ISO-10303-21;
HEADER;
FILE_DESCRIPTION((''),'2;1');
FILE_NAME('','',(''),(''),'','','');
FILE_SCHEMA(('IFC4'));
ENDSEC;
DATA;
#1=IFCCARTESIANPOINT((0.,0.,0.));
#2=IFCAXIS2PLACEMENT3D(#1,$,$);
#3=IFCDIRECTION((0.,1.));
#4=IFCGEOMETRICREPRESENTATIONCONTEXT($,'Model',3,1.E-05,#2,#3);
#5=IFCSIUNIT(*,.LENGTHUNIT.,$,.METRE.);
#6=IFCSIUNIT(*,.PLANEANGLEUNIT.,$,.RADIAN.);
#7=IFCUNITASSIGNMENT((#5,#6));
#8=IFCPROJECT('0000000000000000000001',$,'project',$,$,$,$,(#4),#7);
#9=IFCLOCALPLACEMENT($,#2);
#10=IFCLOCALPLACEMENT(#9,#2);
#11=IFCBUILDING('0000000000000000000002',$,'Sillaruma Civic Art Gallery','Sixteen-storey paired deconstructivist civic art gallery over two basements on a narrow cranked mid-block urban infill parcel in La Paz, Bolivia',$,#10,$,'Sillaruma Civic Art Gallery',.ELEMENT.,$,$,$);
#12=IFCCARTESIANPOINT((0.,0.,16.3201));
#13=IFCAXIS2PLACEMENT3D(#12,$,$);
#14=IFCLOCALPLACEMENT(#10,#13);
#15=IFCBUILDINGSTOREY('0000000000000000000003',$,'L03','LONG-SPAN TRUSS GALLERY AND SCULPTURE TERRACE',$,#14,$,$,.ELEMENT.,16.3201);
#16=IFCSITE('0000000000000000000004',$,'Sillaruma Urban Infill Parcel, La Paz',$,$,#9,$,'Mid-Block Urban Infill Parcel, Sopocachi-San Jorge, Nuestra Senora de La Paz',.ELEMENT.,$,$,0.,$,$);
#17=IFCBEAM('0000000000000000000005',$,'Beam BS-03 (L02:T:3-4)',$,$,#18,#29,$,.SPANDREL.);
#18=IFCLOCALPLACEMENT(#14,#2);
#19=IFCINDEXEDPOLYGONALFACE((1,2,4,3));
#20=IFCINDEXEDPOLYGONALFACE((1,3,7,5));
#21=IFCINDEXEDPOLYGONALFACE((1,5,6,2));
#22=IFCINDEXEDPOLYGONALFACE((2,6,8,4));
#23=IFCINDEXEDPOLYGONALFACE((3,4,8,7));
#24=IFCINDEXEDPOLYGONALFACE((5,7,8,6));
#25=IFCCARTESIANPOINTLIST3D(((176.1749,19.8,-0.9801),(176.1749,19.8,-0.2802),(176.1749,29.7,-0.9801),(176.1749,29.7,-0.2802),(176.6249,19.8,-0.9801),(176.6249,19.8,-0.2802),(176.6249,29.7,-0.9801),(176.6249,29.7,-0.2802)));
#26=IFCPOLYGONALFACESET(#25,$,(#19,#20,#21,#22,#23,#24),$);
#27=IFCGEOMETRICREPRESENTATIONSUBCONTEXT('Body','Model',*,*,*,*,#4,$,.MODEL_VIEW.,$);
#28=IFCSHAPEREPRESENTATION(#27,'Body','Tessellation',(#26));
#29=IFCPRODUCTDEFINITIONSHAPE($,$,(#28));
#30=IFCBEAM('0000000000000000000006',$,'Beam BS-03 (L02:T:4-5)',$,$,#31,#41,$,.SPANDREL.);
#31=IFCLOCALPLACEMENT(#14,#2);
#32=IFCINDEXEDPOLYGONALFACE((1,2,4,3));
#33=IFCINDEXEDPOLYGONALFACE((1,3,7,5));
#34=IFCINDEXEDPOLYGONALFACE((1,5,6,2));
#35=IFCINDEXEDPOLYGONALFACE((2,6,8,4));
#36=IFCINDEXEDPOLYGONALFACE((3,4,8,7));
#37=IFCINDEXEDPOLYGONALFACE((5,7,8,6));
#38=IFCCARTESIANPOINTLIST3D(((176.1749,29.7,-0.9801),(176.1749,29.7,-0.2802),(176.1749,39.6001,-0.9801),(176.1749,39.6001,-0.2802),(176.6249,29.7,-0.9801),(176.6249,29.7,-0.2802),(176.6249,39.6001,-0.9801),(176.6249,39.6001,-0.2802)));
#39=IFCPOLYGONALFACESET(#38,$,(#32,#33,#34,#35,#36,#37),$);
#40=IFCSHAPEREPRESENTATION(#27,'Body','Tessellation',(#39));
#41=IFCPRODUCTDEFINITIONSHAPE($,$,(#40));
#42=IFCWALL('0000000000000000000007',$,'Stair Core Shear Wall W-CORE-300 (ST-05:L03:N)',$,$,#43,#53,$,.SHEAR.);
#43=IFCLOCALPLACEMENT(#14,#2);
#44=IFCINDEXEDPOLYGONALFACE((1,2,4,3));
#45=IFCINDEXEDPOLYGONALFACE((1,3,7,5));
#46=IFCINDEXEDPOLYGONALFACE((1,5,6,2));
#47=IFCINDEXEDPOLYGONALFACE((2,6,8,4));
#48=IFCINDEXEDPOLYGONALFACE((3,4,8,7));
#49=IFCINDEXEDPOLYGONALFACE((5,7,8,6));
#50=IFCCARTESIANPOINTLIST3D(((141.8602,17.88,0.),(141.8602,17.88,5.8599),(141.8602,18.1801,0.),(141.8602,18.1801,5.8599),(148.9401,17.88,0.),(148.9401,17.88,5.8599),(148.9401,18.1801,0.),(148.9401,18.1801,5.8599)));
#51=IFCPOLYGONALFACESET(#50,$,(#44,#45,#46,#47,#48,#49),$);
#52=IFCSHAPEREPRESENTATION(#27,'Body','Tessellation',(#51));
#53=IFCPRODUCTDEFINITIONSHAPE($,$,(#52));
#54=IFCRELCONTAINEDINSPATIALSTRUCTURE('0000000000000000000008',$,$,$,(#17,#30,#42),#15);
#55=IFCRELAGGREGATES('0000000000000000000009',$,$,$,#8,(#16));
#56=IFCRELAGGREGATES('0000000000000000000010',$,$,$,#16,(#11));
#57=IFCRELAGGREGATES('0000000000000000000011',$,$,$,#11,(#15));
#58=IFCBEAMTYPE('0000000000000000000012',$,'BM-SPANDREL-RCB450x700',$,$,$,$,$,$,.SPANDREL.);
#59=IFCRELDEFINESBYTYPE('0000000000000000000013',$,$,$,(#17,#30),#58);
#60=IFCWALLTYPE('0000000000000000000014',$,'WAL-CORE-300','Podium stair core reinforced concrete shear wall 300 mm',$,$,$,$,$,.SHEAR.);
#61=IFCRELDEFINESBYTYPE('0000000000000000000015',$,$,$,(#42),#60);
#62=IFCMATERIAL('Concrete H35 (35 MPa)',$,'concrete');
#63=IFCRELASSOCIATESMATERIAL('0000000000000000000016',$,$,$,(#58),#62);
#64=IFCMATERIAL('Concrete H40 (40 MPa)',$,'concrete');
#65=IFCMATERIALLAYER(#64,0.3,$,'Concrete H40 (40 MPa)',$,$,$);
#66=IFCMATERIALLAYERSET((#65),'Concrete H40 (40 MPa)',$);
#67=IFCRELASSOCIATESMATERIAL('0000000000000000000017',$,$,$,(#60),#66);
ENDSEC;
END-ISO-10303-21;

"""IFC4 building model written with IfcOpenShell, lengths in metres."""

from ifc_helpers import new_model, si_unit, direction, frame, frame_2d, origin, origin_2d, place, context, subcontext, project, spatial, rectangle, extrude, material, layer, layer_set, material_profile, profile_set, type_object, element, save


model = new_model("IFC4")

# Units and contexts
model_context = context("Model", 3, precision=1e-05, world=origin(), true_north=direction((0.0, 1.0)))
body_context = subcontext(model_context, "Body", "Model", "MODEL_VIEW")
ifc_project = project(units=[si_unit("LENGTHUNIT", "METRE"), si_unit("PLANEANGLEUNIT", "RADIAN")], contexts=[model_context])

# Site, building, storey
site_placement = place(None, origin())
site = spatial("IfcSite", under=ifc_project, at=site_placement, Name="Sillaruma Urban Infill Parcel, La Paz", LongName="Mid-Block Urban Infill Parcel, Sopocachi-San Jorge, Nuestra Senora de La Paz", CompositionType="ELEMENT", RefElevation=0.0)
building_placement = place(site_placement, origin())
building = spatial("IfcBuilding", under=site, at=building_placement, Name="Sillaruma Civic Art Gallery", Description="Sixteen-storey paired deconstructivist civic art gallery over two basements on a narrow cranked mid-block urban infill parcel in La Paz, Bolivia", LongName="Sillaruma Civic Art Gallery", CompositionType="ELEMENT")
storey_placement = place(building_placement, frame((0.0, 0.0, 16.3201)))
storey = spatial("IfcBuildingStorey", under=building, at=storey_placement, Name="L03", Description="LONG-SPAN TRUSS GALLERY AND SCULPTURE TERRACE", CompositionType="ELEMENT", Elevation=16.3201)

# Shared definitions
ifc_material_1 = material(Name="Concrete H40 (40 MPa)", Category="concrete")

# Beams
ifc_material_2 = material(Name="Concrete H35 (35 MPa)", Category="concrete")
ifc_material_profile_1 = material_profile(ifc_material_2, rectangle(XDim=0.45, YDim=0.7, at=origin_2d()), Name="RCB450x700")
ifc_profile_set_1 = profile_set([ifc_material_profile_1], Name="Concrete H35 (35 MPa)")
beam_type_1 = type_object("IfcBeamType", Name="BM-SPANDREL-RCB450x700", PredefinedType="SPANDREL", material=ifc_profile_set_1)
beam_1_placement = place(storey_placement, frame((176.3999, 19.8, -0.6301), z_axis=(0.0, 1.0, 0.0), x_axis=(-1.0, 0.0, 0.0)))
element("IfcBeam", 1, at=beam_1_placement, inside=storey, type_object=beam_type_1, Name="Beam BS-03 (L02:T:3-4)", PredefinedType="SPANDREL", context=body_context, shape_type="SweptSolid", body=[
    extrude(rectangle(XDim=0.45, YDim=0.7, at=origin_2d()), origin(), (0.0, 0.0, 1.0), 9.8999),
])
beam_2_placement = place(storey_placement, frame((176.3999, 29.7, -0.6301), z_axis=(0.0, 1.0, 0.0), x_axis=(-1.0, 0.0, 0.0)))
element("IfcBeam", 2, at=beam_2_placement, inside=storey, type_object=beam_type_1, Name="Beam BS-03 (L02:T:4-5)", PredefinedType="SPANDREL", context=body_context, shape_type="SweptSolid", body=[
    extrude(rectangle(XDim=0.45, YDim=0.7, at=origin_2d()), origin(), (0.0, 0.0, 1.0), 9.9001),
])

# Wall
ifc_layer = layer(ifc_material_1, 0.3, Name="Concrete H40 (40 MPa)")
ifc_layer_set = layer_set([ifc_layer], Name="Concrete H40 (40 MPa)")
wall_type = type_object("IfcWallType", Name="WAL-CORE-300", Description="Podium stair core reinforced concrete shear wall 300 mm", PredefinedType="SHEAR", material=ifc_layer_set)
wall_placement = place(storey_placement, frame((141.8601, 18.03, 0.0), z_axis=(0.0, 0.0, 1.0), x_axis=(1.0, 0.0, 0.0)))
element("IfcWall", 3, at=wall_placement, inside=storey, type_object=wall_type, Name="Stair Core Shear Wall W-CORE-300 (ST-05:L03:N)", PredefinedType="SHEAR", context=body_context, shape_type="SweptSolid", body=[
    extrude(rectangle(XDim=7.0798, YDim=0.3, at=frame_2d((3.54, 0.0))), origin(), (0.0, 0.0, 1.0), 5.8599),
])

save(model, "model.ifc")
